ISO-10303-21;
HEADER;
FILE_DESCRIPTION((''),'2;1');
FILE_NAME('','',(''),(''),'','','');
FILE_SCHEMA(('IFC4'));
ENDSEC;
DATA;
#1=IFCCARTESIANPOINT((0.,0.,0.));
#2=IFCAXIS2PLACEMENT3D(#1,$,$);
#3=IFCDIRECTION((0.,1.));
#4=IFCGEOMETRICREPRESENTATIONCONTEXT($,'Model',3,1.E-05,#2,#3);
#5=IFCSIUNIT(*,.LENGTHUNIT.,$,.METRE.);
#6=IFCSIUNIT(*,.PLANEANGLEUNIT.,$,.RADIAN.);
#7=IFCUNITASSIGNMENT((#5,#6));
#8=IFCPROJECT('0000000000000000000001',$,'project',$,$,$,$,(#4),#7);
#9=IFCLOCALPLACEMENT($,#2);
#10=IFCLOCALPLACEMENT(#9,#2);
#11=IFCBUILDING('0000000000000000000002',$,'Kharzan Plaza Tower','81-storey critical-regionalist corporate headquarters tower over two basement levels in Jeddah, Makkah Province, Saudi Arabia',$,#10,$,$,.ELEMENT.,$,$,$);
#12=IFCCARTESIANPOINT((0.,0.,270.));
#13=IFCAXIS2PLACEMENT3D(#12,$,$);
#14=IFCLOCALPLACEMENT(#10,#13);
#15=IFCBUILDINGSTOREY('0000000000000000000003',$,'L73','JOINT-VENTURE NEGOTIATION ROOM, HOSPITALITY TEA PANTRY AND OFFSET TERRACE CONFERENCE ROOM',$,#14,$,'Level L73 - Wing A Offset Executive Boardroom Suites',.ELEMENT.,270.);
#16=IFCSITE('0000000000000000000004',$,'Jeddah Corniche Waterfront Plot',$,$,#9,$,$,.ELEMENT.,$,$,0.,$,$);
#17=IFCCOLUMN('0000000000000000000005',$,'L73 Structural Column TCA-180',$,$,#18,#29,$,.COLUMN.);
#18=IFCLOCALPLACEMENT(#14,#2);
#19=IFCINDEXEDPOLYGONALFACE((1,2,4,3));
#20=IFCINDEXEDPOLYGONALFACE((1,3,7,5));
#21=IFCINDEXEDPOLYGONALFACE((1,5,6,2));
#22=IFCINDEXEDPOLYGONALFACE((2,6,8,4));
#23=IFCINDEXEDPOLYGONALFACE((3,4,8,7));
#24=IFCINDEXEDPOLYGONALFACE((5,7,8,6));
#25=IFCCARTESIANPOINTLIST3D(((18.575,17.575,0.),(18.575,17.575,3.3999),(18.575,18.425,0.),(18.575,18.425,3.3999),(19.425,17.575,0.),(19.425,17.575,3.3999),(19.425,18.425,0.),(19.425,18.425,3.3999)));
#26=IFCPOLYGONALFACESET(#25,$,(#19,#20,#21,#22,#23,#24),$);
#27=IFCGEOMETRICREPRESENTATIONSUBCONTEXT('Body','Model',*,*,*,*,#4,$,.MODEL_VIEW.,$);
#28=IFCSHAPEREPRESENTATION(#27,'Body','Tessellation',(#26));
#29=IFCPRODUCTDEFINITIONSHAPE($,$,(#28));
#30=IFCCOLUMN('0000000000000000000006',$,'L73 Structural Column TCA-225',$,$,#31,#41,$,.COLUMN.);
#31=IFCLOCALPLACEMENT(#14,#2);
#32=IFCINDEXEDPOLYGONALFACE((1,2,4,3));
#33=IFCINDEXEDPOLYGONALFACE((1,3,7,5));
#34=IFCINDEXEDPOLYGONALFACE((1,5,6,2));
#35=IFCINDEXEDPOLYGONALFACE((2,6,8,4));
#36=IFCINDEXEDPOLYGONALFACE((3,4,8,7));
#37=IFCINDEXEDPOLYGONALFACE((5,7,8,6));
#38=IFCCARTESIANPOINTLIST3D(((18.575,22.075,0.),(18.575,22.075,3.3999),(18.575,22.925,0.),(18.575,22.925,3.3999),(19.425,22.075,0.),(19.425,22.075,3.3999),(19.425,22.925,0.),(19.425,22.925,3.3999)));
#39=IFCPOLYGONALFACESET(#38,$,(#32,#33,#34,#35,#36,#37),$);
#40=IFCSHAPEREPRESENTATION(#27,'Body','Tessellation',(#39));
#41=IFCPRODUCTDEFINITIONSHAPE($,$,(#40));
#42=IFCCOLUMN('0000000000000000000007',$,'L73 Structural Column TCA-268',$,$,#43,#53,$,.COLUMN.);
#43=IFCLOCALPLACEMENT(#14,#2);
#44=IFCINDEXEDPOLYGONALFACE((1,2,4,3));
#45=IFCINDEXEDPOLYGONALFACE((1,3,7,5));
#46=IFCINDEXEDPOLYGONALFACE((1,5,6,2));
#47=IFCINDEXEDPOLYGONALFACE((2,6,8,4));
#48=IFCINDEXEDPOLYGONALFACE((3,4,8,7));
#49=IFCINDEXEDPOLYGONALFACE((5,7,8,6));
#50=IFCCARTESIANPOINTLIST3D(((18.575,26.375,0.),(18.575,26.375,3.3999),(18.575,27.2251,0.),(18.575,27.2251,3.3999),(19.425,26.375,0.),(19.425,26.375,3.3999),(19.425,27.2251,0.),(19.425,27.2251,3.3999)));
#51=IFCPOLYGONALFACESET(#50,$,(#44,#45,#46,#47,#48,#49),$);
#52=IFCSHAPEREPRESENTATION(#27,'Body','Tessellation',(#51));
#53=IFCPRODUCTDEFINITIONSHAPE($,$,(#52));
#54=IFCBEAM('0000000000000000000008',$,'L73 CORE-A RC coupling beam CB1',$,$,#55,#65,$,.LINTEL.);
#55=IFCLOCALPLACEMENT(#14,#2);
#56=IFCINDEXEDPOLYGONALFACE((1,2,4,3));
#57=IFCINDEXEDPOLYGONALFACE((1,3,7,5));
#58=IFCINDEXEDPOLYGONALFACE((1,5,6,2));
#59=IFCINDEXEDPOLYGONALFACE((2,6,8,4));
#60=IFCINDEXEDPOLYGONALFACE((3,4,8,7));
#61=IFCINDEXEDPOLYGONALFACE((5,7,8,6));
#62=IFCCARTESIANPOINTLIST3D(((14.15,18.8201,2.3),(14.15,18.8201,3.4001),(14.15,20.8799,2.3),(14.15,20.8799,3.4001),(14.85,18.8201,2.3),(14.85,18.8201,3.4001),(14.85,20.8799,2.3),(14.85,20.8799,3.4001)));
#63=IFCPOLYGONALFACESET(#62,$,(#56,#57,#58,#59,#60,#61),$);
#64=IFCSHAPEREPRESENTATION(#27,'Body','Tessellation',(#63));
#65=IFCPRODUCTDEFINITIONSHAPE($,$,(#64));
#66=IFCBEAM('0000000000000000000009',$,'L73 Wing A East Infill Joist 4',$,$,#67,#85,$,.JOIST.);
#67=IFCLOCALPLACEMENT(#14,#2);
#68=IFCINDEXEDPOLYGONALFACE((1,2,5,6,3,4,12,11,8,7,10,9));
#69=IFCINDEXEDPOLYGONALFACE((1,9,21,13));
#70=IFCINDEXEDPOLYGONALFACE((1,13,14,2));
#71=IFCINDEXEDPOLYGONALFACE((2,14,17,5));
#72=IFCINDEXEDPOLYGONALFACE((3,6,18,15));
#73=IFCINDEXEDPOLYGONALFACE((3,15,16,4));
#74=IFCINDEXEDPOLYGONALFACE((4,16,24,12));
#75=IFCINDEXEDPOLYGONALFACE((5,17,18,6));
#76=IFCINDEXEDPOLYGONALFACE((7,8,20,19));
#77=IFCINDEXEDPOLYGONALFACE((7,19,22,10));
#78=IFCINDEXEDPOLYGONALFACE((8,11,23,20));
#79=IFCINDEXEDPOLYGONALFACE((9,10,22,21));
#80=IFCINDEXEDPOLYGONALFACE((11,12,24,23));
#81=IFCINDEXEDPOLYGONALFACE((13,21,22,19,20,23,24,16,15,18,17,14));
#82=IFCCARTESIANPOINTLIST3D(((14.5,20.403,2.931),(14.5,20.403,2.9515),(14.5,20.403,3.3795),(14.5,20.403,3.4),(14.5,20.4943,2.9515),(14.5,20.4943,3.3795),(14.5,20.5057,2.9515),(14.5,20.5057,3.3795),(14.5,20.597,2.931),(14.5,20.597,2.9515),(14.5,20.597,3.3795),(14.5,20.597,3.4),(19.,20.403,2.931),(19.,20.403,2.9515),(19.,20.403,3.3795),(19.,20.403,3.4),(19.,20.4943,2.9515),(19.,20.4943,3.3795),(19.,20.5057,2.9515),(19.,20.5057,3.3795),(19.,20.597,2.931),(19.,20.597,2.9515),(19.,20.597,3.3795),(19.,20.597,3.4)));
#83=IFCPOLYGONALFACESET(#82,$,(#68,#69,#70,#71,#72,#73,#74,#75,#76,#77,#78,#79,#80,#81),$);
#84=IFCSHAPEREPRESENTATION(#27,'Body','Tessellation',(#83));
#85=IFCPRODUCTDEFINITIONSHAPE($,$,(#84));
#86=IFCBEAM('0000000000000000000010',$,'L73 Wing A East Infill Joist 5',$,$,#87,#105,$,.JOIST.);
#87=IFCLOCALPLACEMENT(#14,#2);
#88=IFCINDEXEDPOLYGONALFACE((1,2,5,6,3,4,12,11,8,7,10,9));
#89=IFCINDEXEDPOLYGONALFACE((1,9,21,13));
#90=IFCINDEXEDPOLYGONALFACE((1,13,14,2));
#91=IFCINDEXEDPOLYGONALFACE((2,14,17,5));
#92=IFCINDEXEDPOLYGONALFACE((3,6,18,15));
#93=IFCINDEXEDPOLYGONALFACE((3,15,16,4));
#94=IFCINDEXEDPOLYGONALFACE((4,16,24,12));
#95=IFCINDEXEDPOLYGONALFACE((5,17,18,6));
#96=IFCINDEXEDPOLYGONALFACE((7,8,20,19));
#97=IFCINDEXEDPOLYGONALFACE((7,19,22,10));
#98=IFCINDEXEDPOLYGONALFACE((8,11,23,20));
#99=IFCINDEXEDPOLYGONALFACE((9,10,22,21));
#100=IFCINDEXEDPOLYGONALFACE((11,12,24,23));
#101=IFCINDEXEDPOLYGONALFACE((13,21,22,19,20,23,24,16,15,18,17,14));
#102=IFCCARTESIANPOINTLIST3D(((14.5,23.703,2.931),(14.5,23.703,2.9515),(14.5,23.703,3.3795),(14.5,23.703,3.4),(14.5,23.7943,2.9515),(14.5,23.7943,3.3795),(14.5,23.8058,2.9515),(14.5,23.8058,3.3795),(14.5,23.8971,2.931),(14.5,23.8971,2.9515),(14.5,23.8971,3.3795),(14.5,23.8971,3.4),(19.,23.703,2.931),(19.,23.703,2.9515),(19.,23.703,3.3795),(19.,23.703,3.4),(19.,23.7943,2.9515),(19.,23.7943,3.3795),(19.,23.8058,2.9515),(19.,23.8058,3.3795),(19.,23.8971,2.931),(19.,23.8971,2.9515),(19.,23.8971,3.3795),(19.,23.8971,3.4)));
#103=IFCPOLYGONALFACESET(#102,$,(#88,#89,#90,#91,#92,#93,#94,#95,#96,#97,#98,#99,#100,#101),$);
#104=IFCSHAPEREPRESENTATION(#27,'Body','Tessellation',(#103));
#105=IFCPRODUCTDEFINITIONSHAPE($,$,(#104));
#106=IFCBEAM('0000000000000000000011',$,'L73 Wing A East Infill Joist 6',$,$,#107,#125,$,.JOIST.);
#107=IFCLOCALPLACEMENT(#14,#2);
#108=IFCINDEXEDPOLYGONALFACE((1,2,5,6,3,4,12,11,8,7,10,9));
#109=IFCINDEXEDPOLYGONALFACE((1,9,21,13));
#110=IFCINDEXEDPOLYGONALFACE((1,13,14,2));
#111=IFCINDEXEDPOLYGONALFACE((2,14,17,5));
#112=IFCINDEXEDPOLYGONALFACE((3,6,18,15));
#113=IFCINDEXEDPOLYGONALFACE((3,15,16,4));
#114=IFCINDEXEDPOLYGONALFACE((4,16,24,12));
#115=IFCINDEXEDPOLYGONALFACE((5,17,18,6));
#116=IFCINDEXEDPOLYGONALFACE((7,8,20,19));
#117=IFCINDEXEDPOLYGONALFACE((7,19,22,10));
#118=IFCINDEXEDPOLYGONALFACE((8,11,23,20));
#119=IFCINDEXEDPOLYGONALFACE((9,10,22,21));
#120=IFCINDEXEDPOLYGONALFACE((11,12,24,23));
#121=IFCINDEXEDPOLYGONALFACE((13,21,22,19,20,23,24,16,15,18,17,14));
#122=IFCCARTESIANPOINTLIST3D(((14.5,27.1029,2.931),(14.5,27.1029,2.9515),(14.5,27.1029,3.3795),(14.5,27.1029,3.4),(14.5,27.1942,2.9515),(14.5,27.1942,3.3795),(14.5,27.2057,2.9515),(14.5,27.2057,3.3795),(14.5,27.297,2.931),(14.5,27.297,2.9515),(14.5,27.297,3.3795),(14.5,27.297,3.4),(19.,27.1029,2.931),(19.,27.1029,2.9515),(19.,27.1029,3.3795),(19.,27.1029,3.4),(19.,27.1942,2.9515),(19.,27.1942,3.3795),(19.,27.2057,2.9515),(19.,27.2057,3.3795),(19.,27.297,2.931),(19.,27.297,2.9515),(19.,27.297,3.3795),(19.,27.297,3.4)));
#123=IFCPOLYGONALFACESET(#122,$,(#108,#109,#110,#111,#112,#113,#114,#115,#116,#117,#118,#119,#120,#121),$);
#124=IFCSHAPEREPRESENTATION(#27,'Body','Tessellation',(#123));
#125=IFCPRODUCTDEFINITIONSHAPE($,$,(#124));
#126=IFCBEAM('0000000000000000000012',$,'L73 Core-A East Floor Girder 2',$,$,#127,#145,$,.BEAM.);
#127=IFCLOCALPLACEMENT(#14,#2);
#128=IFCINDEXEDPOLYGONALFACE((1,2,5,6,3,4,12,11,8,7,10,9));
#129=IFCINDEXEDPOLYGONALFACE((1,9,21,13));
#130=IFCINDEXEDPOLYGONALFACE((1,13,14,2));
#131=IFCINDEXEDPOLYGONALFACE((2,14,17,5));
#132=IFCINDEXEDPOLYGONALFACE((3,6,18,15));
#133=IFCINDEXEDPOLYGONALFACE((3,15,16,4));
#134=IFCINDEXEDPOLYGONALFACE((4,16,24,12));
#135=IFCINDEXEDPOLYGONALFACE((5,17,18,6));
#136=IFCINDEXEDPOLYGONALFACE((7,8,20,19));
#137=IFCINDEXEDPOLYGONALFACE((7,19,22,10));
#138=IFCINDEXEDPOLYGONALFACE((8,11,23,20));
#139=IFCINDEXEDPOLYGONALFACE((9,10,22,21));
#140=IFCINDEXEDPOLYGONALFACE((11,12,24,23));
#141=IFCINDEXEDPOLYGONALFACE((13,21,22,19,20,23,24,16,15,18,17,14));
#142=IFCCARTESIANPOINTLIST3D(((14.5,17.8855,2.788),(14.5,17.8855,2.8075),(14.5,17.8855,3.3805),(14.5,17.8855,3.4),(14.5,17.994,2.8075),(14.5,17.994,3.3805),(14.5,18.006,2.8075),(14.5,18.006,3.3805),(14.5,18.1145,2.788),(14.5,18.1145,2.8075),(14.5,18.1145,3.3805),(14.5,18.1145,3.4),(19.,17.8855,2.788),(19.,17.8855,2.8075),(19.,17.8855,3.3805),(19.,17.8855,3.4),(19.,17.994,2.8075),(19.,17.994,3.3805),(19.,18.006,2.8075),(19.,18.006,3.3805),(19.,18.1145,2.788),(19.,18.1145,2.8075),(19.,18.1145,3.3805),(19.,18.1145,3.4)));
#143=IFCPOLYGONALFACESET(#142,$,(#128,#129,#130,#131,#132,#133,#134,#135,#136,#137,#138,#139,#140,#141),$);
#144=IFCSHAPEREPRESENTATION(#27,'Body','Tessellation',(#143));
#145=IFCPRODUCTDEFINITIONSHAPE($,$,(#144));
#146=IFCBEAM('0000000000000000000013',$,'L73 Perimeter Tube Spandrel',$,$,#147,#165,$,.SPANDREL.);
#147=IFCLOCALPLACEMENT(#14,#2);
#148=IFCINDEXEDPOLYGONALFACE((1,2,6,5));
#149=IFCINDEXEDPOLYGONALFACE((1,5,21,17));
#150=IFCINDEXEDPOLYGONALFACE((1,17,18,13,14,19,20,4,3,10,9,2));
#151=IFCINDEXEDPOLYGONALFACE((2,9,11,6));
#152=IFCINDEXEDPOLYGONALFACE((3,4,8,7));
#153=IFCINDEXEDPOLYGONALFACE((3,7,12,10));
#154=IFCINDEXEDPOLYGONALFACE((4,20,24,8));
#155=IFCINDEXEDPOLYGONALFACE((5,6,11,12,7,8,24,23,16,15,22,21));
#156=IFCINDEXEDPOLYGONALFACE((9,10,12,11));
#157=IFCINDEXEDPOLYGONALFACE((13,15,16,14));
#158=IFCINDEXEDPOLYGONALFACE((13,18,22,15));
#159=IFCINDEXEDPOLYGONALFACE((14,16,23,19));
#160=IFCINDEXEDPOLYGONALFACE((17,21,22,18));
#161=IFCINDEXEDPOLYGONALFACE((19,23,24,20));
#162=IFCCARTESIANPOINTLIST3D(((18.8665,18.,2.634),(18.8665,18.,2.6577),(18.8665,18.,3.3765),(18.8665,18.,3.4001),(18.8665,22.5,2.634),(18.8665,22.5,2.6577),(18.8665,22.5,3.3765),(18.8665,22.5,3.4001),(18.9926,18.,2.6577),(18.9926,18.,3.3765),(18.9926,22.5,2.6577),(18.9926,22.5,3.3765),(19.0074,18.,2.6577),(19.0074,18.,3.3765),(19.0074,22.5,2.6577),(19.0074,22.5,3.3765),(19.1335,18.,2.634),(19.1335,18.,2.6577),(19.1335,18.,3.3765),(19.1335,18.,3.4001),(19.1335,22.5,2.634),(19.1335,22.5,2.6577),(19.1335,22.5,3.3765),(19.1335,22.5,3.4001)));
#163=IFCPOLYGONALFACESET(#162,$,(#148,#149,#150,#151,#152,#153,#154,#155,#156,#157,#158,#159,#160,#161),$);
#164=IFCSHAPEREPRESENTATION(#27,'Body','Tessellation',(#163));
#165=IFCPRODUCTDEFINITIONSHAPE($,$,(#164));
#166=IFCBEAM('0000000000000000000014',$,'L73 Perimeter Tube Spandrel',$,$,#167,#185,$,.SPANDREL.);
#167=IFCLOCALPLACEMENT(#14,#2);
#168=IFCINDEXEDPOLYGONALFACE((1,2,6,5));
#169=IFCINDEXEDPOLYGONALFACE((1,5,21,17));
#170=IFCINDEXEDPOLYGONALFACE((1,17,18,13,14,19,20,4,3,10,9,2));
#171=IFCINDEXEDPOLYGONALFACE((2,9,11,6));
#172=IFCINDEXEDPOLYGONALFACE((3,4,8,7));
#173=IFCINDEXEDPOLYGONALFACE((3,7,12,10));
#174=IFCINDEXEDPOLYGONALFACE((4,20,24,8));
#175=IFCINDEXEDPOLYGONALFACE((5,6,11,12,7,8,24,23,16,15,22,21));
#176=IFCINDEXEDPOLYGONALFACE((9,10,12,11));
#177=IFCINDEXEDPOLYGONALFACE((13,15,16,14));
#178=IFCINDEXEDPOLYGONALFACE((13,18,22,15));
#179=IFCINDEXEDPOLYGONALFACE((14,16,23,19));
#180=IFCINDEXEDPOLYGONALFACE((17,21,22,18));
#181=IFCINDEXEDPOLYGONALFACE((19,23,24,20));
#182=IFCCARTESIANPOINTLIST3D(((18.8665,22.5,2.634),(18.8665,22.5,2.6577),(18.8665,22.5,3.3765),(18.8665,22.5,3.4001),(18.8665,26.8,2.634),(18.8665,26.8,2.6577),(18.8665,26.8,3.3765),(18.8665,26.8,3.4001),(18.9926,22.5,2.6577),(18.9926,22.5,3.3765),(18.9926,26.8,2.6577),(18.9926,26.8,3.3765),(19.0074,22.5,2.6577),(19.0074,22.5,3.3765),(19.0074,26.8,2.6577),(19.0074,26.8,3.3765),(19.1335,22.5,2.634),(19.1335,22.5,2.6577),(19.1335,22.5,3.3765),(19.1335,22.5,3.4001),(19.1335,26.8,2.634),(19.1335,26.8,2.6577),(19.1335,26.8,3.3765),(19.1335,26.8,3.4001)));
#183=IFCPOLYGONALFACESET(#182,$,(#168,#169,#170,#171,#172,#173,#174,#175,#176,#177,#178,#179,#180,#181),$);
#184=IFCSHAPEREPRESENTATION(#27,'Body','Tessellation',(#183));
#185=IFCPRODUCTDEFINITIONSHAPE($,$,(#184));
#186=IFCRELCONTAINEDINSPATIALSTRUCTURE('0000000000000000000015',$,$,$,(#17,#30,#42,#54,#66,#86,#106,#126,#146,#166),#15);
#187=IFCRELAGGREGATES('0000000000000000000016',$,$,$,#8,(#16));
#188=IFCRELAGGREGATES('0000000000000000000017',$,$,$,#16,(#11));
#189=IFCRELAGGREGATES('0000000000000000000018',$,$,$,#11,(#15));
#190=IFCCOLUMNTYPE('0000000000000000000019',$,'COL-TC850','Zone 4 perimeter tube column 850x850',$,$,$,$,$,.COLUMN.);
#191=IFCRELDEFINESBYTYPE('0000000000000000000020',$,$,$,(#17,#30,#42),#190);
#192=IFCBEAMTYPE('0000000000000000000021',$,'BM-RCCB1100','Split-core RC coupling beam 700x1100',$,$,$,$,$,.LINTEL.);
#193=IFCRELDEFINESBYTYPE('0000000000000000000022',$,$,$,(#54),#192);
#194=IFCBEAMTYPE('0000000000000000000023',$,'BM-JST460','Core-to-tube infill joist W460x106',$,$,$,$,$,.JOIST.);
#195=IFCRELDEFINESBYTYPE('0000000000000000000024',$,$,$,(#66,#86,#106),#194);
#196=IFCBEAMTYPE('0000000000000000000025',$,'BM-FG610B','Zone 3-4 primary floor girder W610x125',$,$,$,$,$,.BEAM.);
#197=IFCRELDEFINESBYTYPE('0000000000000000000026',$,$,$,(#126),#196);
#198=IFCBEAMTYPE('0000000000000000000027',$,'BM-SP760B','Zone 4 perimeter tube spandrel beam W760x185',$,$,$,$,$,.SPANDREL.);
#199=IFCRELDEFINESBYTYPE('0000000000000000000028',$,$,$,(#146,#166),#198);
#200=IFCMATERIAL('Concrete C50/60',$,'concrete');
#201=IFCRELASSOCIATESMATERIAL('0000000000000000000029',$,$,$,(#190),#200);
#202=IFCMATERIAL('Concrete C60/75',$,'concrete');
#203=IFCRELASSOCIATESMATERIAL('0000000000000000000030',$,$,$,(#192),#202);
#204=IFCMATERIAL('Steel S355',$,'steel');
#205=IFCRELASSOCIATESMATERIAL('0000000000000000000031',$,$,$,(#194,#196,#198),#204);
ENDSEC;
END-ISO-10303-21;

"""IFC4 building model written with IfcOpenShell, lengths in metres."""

from ifc_helpers import new_model, si_unit, direction, frame, origin, origin_2d, place, context, subcontext, project, spatial, rectangle, i_section, extrude, source, transform, mapped, material, material_profile, profile_set, type_object, element, save


model = new_model("IFC4")

# Units and contexts
model_context = context("Model", 3, precision=1e-05, world=origin(), true_north=direction((0.0, 1.0)))
body_context = subcontext(model_context, "Body", "Model", "MODEL_VIEW")
ifc_project = project(units=[si_unit("LENGTHUNIT", "METRE"), si_unit("PLANEANGLEUNIT", "RADIAN")], contexts=[model_context])

# Site, building, storey
site_placement = place(None, origin())
site = spatial("IfcSite", under=ifc_project, at=site_placement, Name="Jeddah Corniche Waterfront Plot", CompositionType="ELEMENT", RefElevation=0.0)
building_placement = place(site_placement, origin())
building = spatial("IfcBuilding", under=site, at=building_placement, Name="Kharzan Plaza Tower", Description="81-storey critical-regionalist corporate headquarters tower over two basement levels in Jeddah, Makkah Province, Saudi Arabia", CompositionType="ELEMENT")
storey_placement = place(building_placement, frame((0.0, 0.0, 270.0)))
storey = spatial("IfcBuildingStorey", under=building, at=storey_placement, Name="L73", Description="JOINT-VENTURE NEGOTIATION ROOM, HOSPITALITY TEA PANTRY AND OFFSET TERRACE CONFERENCE ROOM", LongName="Level L73 - Wing A Offset Executive Boardroom Suites", CompositionType="ELEMENT", Elevation=270.0)

# Columns
ifc_material_1 = material(Name="Concrete C50/60", Category="concrete")
ifc_material_profile_1 = material_profile(ifc_material_1, rectangle(XDim=0.8501, YDim=0.8501, at=origin_2d()), Name="RC-TC850x850")
ifc_profile_set_1 = profile_set([ifc_material_profile_1], Name="Concrete C50/60")
column_type = type_object("IfcColumnType", Name="COL-TC850", Description="Zone 4 perimeter tube column 850x850", PredefinedType="COLUMN", material=ifc_profile_set_1)
shared_shape_1 = source(origin(), body_context, "Body", "SweptSolid", [
    extrude(rectangle(XDim=0.8501, YDim=0.8501, at=origin_2d()), origin(), (0.0, 0.0, 1.0), 3.3999),
])
for number, where, z_axis, x_axis, name in (
    (1, (19.0, 18.0, 0.0), (0.0, 0.0, 1.0), (1.0, 0.0, 0.0), "L73 Structural Column TCA-180"),
    (2, (19.0, 22.5, 0.0), (0.0, 0.0, 1.0), (1.0, 0.0, 0.0), "L73 Structural Column TCA-225"),
    (3, (19.0, 26.8, 0.0), (0.0, 0.0, 1.0), (1.0, 0.0, 0.0), "L73 Structural Column TCA-268"),
):
    element("IfcColumn", number, at=place(storey_placement, frame(where, z_axis=z_axis, x_axis=x_axis)), inside=storey, type_object=column_type, Name=name, PredefinedType="COLUMN", context=body_context, shape_type="MappedRepresentation", body=[
        mapped(shared_shape_1, transform((0.0, 0.0, 0.0), x_axis=(1.0, 0.0, 0.0), y_axis=(0.0, 1.0, 0.0), z_axis=(0.0, 0.0, 1.0))),
    ])

# Beams
ifc_material_2 = material(Name="Concrete C60/75", Category="concrete")
ifc_material_profile_2 = material_profile(ifc_material_2, rectangle(XDim=0.7, YDim=1.1001, at=origin_2d()), Name="RC-CB1100x700")
ifc_profile_set_2 = profile_set([ifc_material_profile_2], Name="Concrete C60/75")
beam_type_1 = type_object("IfcBeamType", Name="BM-RCCB1100", Description="Split-core RC coupling beam 700x1100", PredefinedType="LINTEL", material=ifc_profile_set_2)
shared_shape_2 = source(origin(), body_context, "Body", "SweptSolid", [
    extrude(rectangle(XDim=0.7, YDim=1.1001, at=origin_2d()), origin(), (0.0, 0.0, 1.0), 2.0598),
])
beam_1_placement = place(storey_placement, frame((14.5, 18.8201, 2.8501), z_axis=(0.0, 1.0, 0.0), x_axis=(-1.0, 0.0, 0.0)))
element("IfcBeam", 4, at=beam_1_placement, inside=storey, type_object=beam_type_1, Name="L73 CORE-A RC coupling beam CB1", PredefinedType="LINTEL", context=body_context, shape_type="MappedRepresentation", body=[
    mapped(shared_shape_2, transform((0.0, 0.0, 0.0), x_axis=(1.0, 0.0, 0.0), y_axis=(0.0, 1.0, 0.0), z_axis=(0.0, 0.0, 1.0))),
])
ifc_material_3 = material(Name="Steel S355", Category="steel")
ifc_material_profile_3 = material_profile(ifc_material_3, i_section(OverallWidth=0.1941, OverallDepth=0.469, WebThickness=0.0115, FlangeThickness=0.0205, at=origin_2d()), Name="W460x106")
ifc_profile_set_3 = profile_set([ifc_material_profile_3], Name="Steel S355")
beam_type_2 = type_object("IfcBeamType", Name="BM-JST460", Description="Core-to-tube infill joist W460x106", PredefinedType="JOIST", material=ifc_profile_set_3)
shared_shape_3 = source(origin(), body_context, "Body", "SweptSolid", [
    extrude(i_section(OverallWidth=0.1941, OverallDepth=0.469, WebThickness=0.0115, FlangeThickness=0.0205, at=origin_2d()), origin(), (0.0, 0.0, 1.0), 4.5),
])
for number, where, z_axis, x_axis, name in (
    (5, (14.5, 20.5, 3.1655), (1.0, 0.0, 0.0), (0.0, 1.0, 0.0), "L73 Wing A East Infill Joist 4"),
    (6, (14.5, 23.8, 3.1655), (1.0, 0.0, 0.0), (0.0, 1.0, 0.0), "L73 Wing A East Infill Joist 5"),
    (7, (14.5, 27.2, 3.1655), (1.0, 0.0, 0.0), (0.0, 1.0, 0.0), "L73 Wing A East Infill Joist 6"),
):
    element("IfcBeam", number, at=place(storey_placement, frame(where, z_axis=z_axis, x_axis=x_axis)), inside=storey, type_object=beam_type_2, Name=name, PredefinedType="JOIST", context=body_context, shape_type="MappedRepresentation", body=[
        mapped(shared_shape_3, transform((0.0, 0.0, 0.0), x_axis=(1.0, 0.0, 0.0), y_axis=(0.0, 1.0, 0.0), z_axis=(0.0, 0.0, 1.0))),
    ])
ifc_material_profile_4 = material_profile(ifc_material_3, i_section(OverallWidth=0.229, OverallDepth=0.6121, WebThickness=0.012, FlangeThickness=0.0195, at=origin_2d()), Name="W610x125")
ifc_profile_set_4 = profile_set([ifc_material_profile_4], Name="Steel S355")
beam_type_3 = type_object("IfcBeamType", Name="BM-FG610B", Description="Zone 3-4 primary floor girder W610x125", PredefinedType="BEAM", material=ifc_profile_set_4)
shared_shape_4 = source(origin(), body_context, "Body", "SweptSolid", [
    extrude(i_section(OverallWidth=0.229, OverallDepth=0.6121, WebThickness=0.012, FlangeThickness=0.0195, at=origin_2d()), origin(), (0.0, 0.0, 1.0), 4.5),
])
beam_2_placement = place(storey_placement, frame((14.5, 18.0, 3.094), z_axis=(1.0, 0.0, 0.0), x_axis=(0.0, 1.0, 0.0)))
element("IfcBeam", 8, at=beam_2_placement, inside=storey, type_object=beam_type_3, Name="L73 Core-A East Floor Girder 2", PredefinedType="BEAM", context=body_context, shape_type="MappedRepresentation", body=[
    mapped(shared_shape_4, transform((0.0, 0.0, 0.0), x_axis=(1.0, 0.0, 0.0), y_axis=(0.0, 1.0, 0.0), z_axis=(0.0, 0.0, 1.0))),
])
ifc_material_profile_5 = material_profile(ifc_material_3, i_section(OverallWidth=0.2671, OverallDepth=0.7661, WebThickness=0.0149, FlangeThickness=0.0237, at=origin_2d()), Name="W760x185")
ifc_profile_set_5 = profile_set([ifc_material_profile_5], Name="Steel S355")
beam_type_4 = type_object("IfcBeamType", Name="BM-SP760B", Description="Zone 4 perimeter tube spandrel beam W760x185", PredefinedType="SPANDREL", material=ifc_profile_set_5)
shared_shape_5 = source(origin(), body_context, "Body", "SweptSolid", [
    extrude(i_section(OverallWidth=0.2671, OverallDepth=0.7661, WebThickness=0.0149, FlangeThickness=0.0237, at=origin_2d()), origin(), (0.0, 0.0, 1.0), 4.5),
])
beam_3_placement = place(storey_placement, frame((19.0, 18.0, 3.0171), z_axis=(0.0, 1.0, 0.0), x_axis=(-1.0, 0.0, 0.0)))
element("IfcBeam", 9, at=beam_3_placement, inside=storey, type_object=beam_type_4, Name="L73 Perimeter Tube Spandrel", PredefinedType="SPANDREL", context=body_context, shape_type="MappedRepresentation", body=[
    mapped(shared_shape_5, transform((0.0, 0.0, 0.0), x_axis=(1.0, 0.0, 0.0), y_axis=(0.0, 1.0, 0.0), z_axis=(0.0, 0.0, 1.0))),
])
shared_shape_6 = source(origin(), body_context, "Body", "SweptSolid", [
    extrude(i_section(OverallWidth=0.2671, OverallDepth=0.7661, WebThickness=0.0149, FlangeThickness=0.0237, at=origin_2d()), origin(), (0.0, 0.0, 1.0), 4.3),
])
beam_4_placement = place(storey_placement, frame((19.0, 22.5, 3.0171), z_axis=(0.0, 1.0, 0.0), x_axis=(-1.0, 0.0, 0.0)))
element("IfcBeam", 10, at=beam_4_placement, inside=storey, type_object=beam_type_4, Name="L73 Perimeter Tube Spandrel", PredefinedType="SPANDREL", context=body_context, shape_type="MappedRepresentation", body=[
    mapped(shared_shape_6, transform((0.0, 0.0, 0.0), x_axis=(1.0, 0.0, 0.0), y_axis=(0.0, 1.0, 0.0), z_axis=(0.0, 0.0, 1.0))),
])

save(model, "model.ifc")
